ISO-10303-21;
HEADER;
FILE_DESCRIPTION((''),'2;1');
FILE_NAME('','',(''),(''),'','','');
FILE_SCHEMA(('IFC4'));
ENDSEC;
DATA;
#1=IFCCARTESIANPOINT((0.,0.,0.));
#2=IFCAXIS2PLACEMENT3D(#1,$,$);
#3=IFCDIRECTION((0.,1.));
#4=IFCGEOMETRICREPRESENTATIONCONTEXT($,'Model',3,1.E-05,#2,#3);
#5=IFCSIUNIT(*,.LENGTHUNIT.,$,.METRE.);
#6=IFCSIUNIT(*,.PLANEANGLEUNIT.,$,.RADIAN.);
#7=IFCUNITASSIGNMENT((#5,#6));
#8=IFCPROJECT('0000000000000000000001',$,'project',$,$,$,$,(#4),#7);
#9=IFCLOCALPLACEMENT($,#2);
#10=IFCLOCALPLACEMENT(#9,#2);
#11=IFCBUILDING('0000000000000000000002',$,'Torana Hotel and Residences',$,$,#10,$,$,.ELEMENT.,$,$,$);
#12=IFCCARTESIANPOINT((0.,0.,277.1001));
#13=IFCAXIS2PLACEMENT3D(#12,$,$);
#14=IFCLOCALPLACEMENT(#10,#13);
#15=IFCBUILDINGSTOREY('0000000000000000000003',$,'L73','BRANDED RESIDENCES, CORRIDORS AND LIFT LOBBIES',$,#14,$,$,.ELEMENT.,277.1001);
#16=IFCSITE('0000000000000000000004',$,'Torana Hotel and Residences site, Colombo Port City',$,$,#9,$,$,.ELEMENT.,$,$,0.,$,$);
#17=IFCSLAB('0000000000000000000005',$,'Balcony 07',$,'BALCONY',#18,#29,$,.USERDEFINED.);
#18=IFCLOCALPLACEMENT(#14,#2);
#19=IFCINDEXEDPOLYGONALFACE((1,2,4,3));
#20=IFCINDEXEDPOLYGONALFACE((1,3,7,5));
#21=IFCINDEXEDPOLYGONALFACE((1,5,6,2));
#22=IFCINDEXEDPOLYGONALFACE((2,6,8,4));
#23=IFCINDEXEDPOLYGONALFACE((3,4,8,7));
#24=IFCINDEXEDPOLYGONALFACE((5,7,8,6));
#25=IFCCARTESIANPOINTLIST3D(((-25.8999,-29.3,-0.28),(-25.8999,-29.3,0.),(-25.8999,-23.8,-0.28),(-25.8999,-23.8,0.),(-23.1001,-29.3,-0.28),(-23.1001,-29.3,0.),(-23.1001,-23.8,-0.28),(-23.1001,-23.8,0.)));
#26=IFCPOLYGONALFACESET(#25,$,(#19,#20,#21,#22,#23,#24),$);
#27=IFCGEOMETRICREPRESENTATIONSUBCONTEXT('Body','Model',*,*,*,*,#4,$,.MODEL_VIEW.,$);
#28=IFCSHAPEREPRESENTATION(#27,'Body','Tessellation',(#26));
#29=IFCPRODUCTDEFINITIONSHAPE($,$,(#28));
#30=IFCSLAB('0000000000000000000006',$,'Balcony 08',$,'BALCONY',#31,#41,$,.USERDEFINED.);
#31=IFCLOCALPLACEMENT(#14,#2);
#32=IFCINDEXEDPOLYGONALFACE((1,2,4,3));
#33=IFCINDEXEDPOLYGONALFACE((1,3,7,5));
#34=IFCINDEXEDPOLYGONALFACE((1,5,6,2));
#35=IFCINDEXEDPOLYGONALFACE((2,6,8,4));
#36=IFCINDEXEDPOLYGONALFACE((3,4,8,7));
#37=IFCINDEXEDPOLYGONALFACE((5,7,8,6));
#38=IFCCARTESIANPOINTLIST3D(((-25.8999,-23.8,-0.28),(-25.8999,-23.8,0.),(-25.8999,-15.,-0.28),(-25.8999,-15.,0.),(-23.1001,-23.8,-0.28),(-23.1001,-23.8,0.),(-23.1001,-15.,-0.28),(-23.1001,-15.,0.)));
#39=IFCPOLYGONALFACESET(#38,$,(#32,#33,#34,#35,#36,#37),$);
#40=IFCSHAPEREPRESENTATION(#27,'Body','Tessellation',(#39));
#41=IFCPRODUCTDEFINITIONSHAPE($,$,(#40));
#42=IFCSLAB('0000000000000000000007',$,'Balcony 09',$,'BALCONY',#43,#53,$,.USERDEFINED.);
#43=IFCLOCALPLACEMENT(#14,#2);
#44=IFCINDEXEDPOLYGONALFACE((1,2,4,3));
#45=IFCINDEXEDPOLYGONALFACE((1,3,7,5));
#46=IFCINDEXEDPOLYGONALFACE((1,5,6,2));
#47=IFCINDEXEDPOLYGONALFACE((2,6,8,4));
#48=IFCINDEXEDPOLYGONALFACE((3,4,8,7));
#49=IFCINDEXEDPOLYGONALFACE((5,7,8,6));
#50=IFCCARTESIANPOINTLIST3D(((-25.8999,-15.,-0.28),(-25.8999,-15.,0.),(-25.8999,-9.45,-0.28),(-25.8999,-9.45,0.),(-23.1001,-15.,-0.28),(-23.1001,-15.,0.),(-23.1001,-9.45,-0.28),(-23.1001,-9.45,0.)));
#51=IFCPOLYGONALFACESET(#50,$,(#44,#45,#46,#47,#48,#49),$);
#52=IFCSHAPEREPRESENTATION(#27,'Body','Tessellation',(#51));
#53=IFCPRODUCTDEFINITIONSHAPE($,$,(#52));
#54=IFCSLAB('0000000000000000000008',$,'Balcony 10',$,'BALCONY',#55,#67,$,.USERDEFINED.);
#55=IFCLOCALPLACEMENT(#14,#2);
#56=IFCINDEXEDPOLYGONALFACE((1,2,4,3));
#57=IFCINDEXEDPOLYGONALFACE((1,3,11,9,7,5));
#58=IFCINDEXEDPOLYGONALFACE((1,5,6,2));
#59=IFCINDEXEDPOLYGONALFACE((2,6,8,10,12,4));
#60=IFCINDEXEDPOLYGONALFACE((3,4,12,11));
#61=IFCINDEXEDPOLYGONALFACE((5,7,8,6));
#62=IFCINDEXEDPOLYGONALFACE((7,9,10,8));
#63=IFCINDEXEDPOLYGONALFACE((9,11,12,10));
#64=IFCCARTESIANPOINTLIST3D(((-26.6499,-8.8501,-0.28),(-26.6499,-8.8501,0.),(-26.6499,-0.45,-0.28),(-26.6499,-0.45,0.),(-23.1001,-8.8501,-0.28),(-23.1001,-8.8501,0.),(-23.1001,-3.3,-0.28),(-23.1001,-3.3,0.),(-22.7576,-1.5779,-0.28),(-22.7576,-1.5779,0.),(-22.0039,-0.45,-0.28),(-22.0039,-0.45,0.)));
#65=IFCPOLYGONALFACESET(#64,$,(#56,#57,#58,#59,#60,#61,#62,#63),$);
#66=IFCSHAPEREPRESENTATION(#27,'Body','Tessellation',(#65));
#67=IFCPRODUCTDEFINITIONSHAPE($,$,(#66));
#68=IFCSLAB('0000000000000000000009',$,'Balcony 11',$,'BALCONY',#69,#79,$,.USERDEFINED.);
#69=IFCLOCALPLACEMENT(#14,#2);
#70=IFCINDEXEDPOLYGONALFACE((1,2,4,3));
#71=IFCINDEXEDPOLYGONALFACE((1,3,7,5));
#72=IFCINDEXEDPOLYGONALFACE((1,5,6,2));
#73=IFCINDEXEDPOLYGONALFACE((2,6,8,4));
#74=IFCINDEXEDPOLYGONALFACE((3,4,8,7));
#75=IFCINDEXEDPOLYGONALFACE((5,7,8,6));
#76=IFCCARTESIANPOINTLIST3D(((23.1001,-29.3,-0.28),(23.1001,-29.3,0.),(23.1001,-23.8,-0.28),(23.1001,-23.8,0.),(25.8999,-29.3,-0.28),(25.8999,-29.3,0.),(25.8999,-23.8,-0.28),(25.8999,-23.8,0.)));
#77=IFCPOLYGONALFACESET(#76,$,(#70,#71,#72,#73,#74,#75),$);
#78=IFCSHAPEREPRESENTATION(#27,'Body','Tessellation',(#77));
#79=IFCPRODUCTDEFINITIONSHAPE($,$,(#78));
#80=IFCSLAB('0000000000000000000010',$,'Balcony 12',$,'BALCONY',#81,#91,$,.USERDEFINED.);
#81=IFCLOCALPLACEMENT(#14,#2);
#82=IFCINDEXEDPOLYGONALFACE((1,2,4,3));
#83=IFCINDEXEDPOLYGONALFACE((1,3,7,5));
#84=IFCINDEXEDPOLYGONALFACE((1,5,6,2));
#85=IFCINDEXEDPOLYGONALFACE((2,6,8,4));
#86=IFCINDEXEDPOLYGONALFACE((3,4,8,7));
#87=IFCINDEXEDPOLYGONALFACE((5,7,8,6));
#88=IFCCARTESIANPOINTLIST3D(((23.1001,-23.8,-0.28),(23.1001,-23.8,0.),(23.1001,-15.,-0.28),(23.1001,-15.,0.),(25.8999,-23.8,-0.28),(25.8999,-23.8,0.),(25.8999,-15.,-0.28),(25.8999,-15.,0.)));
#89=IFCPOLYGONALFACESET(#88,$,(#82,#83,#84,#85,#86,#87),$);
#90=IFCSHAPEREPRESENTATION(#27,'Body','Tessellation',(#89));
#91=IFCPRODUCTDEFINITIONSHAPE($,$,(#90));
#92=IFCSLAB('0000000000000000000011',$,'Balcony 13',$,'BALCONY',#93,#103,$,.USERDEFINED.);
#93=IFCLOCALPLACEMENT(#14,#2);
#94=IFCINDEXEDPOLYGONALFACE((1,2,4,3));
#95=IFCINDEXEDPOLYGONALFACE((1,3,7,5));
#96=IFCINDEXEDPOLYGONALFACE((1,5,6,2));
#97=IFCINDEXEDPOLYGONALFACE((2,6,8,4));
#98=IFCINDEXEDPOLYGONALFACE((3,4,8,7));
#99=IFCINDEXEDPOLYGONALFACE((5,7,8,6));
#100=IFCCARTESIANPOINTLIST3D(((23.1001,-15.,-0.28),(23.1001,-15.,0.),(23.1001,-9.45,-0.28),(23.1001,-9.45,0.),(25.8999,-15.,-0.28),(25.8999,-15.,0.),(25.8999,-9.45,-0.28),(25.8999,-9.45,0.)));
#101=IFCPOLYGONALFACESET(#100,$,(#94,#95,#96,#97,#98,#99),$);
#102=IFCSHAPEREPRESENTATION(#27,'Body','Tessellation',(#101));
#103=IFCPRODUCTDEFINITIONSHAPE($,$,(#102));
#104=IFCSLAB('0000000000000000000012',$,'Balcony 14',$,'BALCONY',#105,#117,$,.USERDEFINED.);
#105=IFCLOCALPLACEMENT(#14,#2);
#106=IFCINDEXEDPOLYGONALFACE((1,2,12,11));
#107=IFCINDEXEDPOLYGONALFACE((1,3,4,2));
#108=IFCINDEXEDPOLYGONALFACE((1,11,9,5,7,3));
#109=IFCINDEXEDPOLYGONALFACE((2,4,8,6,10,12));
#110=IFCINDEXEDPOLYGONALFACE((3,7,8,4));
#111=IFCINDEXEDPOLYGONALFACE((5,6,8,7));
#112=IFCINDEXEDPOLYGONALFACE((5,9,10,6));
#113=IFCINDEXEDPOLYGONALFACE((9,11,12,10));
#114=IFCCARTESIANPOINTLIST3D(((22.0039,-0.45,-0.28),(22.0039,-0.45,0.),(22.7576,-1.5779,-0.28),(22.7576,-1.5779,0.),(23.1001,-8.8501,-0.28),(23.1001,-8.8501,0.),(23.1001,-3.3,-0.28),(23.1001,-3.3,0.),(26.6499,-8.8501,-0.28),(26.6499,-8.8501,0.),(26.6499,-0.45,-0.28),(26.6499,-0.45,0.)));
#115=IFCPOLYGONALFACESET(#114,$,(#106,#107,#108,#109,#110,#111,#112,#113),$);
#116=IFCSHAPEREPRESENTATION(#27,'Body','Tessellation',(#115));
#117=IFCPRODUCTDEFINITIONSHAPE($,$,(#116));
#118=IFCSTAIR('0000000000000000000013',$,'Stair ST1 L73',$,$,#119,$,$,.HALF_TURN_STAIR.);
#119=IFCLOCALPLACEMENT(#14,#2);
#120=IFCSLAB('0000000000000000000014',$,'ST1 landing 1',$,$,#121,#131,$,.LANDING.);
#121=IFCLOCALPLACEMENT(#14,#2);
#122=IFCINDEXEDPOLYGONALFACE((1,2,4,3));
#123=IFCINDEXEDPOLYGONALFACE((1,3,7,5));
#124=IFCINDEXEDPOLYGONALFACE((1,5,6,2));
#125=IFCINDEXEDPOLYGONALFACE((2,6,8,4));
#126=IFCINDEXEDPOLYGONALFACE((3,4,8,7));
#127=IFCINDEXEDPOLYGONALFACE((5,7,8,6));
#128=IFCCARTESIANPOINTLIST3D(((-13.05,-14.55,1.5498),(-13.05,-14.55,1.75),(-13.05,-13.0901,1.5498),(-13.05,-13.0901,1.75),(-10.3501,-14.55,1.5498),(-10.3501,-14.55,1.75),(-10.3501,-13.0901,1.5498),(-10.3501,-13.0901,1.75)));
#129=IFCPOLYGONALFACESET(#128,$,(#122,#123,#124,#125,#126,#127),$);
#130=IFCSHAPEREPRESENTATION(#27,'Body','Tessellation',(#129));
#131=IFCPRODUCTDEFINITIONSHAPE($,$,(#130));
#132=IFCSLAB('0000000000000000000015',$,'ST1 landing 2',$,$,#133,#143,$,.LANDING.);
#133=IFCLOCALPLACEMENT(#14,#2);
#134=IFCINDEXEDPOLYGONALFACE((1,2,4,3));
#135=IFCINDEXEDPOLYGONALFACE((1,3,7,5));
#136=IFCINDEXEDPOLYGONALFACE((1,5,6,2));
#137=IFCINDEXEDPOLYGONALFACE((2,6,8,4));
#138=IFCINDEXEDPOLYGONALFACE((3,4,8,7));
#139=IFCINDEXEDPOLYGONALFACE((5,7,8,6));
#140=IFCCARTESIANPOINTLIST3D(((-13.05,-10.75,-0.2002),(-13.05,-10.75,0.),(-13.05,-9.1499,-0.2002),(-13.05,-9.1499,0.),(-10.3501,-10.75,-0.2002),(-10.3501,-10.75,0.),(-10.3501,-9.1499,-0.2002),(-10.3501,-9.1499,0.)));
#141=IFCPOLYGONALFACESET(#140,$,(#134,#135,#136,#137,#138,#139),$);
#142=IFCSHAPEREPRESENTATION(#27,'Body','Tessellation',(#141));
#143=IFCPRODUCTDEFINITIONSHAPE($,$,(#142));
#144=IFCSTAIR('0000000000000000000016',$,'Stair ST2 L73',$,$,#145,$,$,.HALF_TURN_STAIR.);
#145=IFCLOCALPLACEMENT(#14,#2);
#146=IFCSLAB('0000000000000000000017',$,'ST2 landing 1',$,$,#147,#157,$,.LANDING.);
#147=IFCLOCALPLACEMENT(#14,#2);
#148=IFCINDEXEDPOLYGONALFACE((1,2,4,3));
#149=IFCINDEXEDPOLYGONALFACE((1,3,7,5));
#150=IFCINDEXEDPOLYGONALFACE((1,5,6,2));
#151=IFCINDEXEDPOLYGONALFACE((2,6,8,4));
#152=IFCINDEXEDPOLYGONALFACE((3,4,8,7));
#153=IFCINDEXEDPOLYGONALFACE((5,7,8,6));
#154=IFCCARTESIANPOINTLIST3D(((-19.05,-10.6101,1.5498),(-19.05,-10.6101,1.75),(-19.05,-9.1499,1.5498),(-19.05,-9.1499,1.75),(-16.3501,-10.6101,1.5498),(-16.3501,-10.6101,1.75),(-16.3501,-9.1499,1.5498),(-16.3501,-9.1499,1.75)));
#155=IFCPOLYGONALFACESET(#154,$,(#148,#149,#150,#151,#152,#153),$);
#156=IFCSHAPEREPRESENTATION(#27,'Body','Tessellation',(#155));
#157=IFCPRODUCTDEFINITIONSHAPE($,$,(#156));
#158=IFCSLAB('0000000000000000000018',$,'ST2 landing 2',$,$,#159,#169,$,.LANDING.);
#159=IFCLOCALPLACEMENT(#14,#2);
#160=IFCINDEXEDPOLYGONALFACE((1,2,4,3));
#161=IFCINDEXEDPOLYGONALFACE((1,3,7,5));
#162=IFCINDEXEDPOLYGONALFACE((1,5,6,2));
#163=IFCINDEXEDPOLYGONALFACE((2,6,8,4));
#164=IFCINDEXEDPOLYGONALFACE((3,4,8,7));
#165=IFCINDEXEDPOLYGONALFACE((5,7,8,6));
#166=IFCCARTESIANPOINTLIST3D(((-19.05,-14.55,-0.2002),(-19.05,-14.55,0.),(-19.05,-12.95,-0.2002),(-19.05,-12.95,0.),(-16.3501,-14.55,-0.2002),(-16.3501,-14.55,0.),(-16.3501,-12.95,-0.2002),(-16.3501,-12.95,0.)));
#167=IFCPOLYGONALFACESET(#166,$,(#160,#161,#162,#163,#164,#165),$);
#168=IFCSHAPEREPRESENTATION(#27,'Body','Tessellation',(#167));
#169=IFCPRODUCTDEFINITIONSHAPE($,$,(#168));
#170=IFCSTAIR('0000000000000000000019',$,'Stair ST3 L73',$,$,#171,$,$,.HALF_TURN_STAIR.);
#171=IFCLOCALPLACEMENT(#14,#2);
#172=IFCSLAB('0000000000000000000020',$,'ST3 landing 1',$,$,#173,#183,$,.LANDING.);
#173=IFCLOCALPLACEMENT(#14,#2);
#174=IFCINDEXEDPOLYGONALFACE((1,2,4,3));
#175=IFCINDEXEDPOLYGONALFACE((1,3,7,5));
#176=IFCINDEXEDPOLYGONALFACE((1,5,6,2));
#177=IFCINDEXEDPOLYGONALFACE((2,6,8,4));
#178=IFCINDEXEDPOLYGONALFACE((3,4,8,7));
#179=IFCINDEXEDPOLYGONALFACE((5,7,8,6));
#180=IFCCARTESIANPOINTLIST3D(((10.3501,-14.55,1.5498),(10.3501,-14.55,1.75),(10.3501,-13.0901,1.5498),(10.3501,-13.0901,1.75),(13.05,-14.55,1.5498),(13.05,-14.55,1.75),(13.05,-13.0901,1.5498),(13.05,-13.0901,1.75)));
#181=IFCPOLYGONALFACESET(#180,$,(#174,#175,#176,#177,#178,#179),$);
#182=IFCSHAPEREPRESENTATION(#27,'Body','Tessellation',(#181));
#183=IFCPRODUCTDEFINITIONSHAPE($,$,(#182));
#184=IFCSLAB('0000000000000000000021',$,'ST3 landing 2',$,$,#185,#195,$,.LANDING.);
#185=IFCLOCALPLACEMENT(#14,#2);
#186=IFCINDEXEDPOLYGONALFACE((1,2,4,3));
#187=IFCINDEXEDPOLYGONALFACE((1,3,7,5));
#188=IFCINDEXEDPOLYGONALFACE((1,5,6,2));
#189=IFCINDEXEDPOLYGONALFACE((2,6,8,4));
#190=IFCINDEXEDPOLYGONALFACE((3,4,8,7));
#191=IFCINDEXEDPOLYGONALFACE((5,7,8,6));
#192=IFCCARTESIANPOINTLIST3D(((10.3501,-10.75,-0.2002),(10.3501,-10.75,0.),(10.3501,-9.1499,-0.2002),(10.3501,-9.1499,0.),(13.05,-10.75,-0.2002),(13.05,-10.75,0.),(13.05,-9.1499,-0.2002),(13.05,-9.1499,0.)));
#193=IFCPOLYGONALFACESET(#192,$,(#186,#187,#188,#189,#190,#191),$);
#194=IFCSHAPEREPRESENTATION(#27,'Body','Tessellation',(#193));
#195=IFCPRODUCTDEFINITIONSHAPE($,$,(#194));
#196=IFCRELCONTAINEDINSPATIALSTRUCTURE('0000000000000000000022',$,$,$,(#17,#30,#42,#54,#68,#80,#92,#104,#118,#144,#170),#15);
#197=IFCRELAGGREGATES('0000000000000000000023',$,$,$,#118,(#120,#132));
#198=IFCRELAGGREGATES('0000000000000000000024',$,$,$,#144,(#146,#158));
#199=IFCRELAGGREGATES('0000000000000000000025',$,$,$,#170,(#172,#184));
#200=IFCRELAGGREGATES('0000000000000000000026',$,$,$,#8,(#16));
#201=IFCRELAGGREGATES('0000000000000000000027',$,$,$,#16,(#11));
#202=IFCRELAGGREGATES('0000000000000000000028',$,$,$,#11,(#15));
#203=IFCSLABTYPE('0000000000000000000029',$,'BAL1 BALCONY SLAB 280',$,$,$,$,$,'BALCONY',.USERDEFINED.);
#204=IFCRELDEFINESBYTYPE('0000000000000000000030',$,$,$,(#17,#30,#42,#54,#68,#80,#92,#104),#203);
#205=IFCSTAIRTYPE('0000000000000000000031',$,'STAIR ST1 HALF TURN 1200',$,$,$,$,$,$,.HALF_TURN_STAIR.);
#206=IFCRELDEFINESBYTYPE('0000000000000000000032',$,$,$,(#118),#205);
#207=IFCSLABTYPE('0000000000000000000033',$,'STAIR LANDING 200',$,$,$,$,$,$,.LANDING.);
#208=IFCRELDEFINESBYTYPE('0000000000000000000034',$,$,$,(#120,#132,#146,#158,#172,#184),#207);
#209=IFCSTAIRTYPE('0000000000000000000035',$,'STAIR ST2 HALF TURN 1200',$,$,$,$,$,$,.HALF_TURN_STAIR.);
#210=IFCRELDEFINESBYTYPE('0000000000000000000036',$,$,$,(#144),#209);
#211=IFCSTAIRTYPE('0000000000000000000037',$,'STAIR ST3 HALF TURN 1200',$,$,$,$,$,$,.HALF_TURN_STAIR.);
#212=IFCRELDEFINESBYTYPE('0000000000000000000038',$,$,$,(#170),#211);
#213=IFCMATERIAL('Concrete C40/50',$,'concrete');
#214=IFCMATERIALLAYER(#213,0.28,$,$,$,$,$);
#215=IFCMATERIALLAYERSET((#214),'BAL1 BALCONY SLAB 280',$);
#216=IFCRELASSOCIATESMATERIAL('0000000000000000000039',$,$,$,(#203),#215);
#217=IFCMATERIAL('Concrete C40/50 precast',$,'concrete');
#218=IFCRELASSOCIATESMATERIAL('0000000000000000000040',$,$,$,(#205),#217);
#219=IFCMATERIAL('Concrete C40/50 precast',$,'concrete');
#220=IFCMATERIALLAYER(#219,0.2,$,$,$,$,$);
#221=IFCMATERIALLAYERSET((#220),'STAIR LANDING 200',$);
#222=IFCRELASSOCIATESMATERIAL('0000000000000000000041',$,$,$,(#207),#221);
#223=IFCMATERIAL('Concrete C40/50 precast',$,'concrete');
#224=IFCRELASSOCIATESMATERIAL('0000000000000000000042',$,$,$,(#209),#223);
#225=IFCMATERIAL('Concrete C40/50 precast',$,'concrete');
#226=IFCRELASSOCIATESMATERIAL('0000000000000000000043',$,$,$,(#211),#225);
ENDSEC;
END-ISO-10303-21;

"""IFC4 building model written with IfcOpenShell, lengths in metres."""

from ifc_helpers import new_model, si_unit, direction, frame, origin, place, context, subcontext, project, spatial, polyline, outline, extrude, material, layer, layer_set, type_object, element, aggregate, save


model = new_model("IFC4")

# Units and contexts
model_context = context("Model", 3, precision=1e-05, world=origin(), true_north=direction((0.0, 1.0)))
body_context = subcontext(model_context, "Body", "Model", "MODEL_VIEW")
ifc_project = project(units=[si_unit("LENGTHUNIT", "METRE"), si_unit("PLANEANGLEUNIT", "RADIAN")], contexts=[model_context])

# Site, building, storey
site_placement = place(None, origin())
site = spatial("IfcSite", under=ifc_project, at=site_placement, Name="Torana Hotel and Residences site, Colombo Port City", CompositionType="ELEMENT", RefElevation=0.0)
building_placement = place(site_placement, origin())
building = spatial("IfcBuilding", under=site, at=building_placement, Name="Torana Hotel and Residences", CompositionType="ELEMENT")
storey_placement = place(building_placement, frame((0.0, 0.0, 277.1001)))
storey = spatial("IfcBuildingStorey", under=building, at=storey_placement, Name="L73", Description="BRANDED RESIDENCES, CORRIDORS AND LIFT LOBBIES", CompositionType="ELEMENT", Elevation=277.1001)

# Slabs
ifc_material_1 = material(Name="Concrete C40/50", Category="concrete")
ifc_layer_1 = layer(ifc_material_1, 0.28)
ifc_layer_set_1 = layer_set([ifc_layer_1], Name="BAL1 BALCONY SLAB 280")
slab_type_1 = type_object("IfcSlabType", Name="BAL1 BALCONY SLAB 280", ElementType="BALCONY", PredefinedType="USERDEFINED", material=ifc_layer_set_1)
slab_1_placement = place(storey_placement, frame((0.0, 0.0, -0.28)))
element("IfcSlab", 1, at=slab_1_placement, inside=storey, type_object=slab_type_1, Name="Balcony 07", ObjectType="BALCONY", PredefinedType="USERDEFINED", context=body_context, shape_type="SweptSolid", body=[
    extrude(outline(polyline([(-25.8999, -29.3), (-23.1001, -29.3), (-23.1001, -23.8), (-25.8999, -23.8), (-25.8999, -29.3)])), origin(), (0.0, 0.0, 1.0), 0.28),
])
slab_2_placement = place(storey_placement, frame((0.0, 0.0, -0.28)))
element("IfcSlab", 2, at=slab_2_placement, inside=storey, type_object=slab_type_1, Name="Balcony 08", ObjectType="BALCONY", PredefinedType="USERDEFINED", context=body_context, shape_type="SweptSolid", body=[
    extrude(outline(polyline([(-25.8999, -23.8), (-23.1001, -23.8), (-23.1001, -15.0), (-25.8999, -15.0), (-25.8999, -23.8)])), origin(), (0.0, 0.0, 1.0), 0.28),
])
slab_3_placement = place(storey_placement, frame((0.0, 0.0, -0.28)))
element("IfcSlab", 3, at=slab_3_placement, inside=storey, type_object=slab_type_1, Name="Balcony 09", ObjectType="BALCONY", PredefinedType="USERDEFINED", context=body_context, shape_type="SweptSolid", body=[
    extrude(outline(polyline([(-25.8999, -15.0), (-23.1001, -15.0), (-23.1001, -9.45), (-25.8999, -9.45), (-25.8999, -15.0)])), origin(), (0.0, 0.0, 1.0), 0.28),
])
slab_4_placement = place(storey_placement, frame((0.0, 0.0, -0.28)))
element("IfcSlab", 4, at=slab_4_placement, inside=storey, type_object=slab_type_1, Name="Balcony 10", ObjectType="BALCONY", PredefinedType="USERDEFINED", context=body_context, shape_type="SweptSolid", body=[
    extrude(outline(polyline([(-26.6499, -8.8501), (-23.1001, -8.8501), (-23.1001, -3.3), (-22.7576, -1.5779), (-22.0039, -0.45), (-26.6499, -0.45), (-26.6499, -8.8501)])), origin(), (0.0, 0.0, 1.0), 0.28),
])
slab_5_placement = place(storey_placement, frame((0.0, 0.0, -0.28)))
element("IfcSlab", 5, at=slab_5_placement, inside=storey, type_object=slab_type_1, Name="Balcony 11", ObjectType="BALCONY", PredefinedType="USERDEFINED", context=body_context, shape_type="SweptSolid", body=[
    extrude(outline(polyline([(23.1001, -29.3), (25.8999, -29.3), (25.8999, -23.8), (23.1001, -23.8), (23.1001, -29.3)])), origin(), (0.0, 0.0, 1.0), 0.28),
])
slab_6_placement = place(storey_placement, frame((0.0, 0.0, -0.28)))
element("IfcSlab", 6, at=slab_6_placement, inside=storey, type_object=slab_type_1, Name="Balcony 12", ObjectType="BALCONY", PredefinedType="USERDEFINED", context=body_context, shape_type="SweptSolid", body=[
    extrude(outline(polyline([(23.1001, -23.8), (25.8999, -23.8), (25.8999, -15.0), (23.1001, -15.0), (23.1001, -23.8)])), origin(), (0.0, 0.0, 1.0), 0.28),
])
slab_7_placement = place(storey_placement, frame((0.0, 0.0, -0.28)))
element("IfcSlab", 7, at=slab_7_placement, inside=storey, type_object=slab_type_1, Name="Balcony 13", ObjectType="BALCONY", PredefinedType="USERDEFINED", context=body_context, shape_type="SweptSolid", body=[
    extrude(outline(polyline([(23.1001, -15.0), (25.8999, -15.0), (25.8999, -9.45), (23.1001, -9.45), (23.1001, -15.0)])), origin(), (0.0, 0.0, 1.0), 0.28),
])
slab_8_placement = place(storey_placement, frame((0.0, 0.0, -0.28)))
element("IfcSlab", 8, at=slab_8_placement, inside=storey, type_object=slab_type_1, Name="Balcony 14", ObjectType="BALCONY", PredefinedType="USERDEFINED", context=body_context, shape_type="SweptSolid", body=[
    extrude(outline(polyline([(23.1001, -8.8501), (26.6499, -8.8501), (26.6499, -0.45), (22.0039, -0.45), (22.7576, -1.5779), (23.1001, -3.3), (23.1001, -8.8501)])), origin(), (0.0, 0.0, 1.0), 0.28),
])

# Stairs, slabs
ifc_material_2 = material(Name="Concrete C40/50 precast", Category="concrete")
stair_type_1 = type_object("IfcStairType", Name="STAIR ST1 HALF TURN 1200", PredefinedType="HALF_TURN_STAIR", material=ifc_material_2)
stair_1_placement = place(storey_placement, origin())
stair_1 = element("IfcStair", 9, at=stair_1_placement, inside=storey, type_object=stair_type_1, Name="Stair ST1 L73", PredefinedType="HALF_TURN_STAIR")
ifc_material_3 = material(Name="Concrete C40/50 precast", Category="concrete")
ifc_layer_2 = layer(ifc_material_3, 0.2)
ifc_layer_set_2 = layer_set([ifc_layer_2], Name="STAIR LANDING 200")
slab_type_2 = type_object("IfcSlabType", Name="STAIR LANDING 200", PredefinedType="LANDING", material=ifc_layer_set_2)
slab_9_placement = place(storey_placement, frame((0.0, 0.0, 1.5498)))
slab_9 = element("IfcSlab", 10, at=slab_9_placement, type_object=slab_type_2, Name="ST1 landing 1", PredefinedType="LANDING", context=body_context, shape_type="SweptSolid", body=[
    extrude(outline(polyline([(-13.05, -14.55), (-10.3501, -14.55), (-10.3501, -13.0901), (-13.05, -13.0901), (-13.05, -14.55)])), origin(), (0.0, 0.0, 1.0), 0.2002),
])
slab_10_placement = place(storey_placement, frame((0.0, 0.0, -0.2002)))
slab_10 = element("IfcSlab", 11, at=slab_10_placement, type_object=slab_type_2, Name="ST1 landing 2", PredefinedType="LANDING", context=body_context, shape_type="SweptSolid", body=[
    extrude(outline(polyline([(-13.05, -10.75), (-10.3501, -10.75), (-10.3501, -9.1499), (-13.05, -9.1499), (-13.05, -10.75)])), origin(), (0.0, 0.0, 1.0), 0.2002),
])
aggregate(stair_1, [slab_9, slab_10])
ifc_material_4 = material(Name="Concrete C40/50 precast", Category="concrete")
stair_type_2 = type_object("IfcStairType", Name="STAIR ST2 HALF TURN 1200", PredefinedType="HALF_TURN_STAIR", material=ifc_material_4)
stair_2_placement = place(storey_placement, origin())
stair_2 = element("IfcStair", 12, at=stair_2_placement, inside=storey, type_object=stair_type_2, Name="Stair ST2 L73", PredefinedType="HALF_TURN_STAIR")
slab_11_placement = place(storey_placement, frame((0.0, 0.0, 1.5498)))
slab_11 = element("IfcSlab", 13, at=slab_11_placement, type_object=slab_type_2, Name="ST2 landing 1", PredefinedType="LANDING", context=body_context, shape_type="SweptSolid", body=[
    extrude(outline(polyline([(-19.05, -10.6101), (-16.3501, -10.6101), (-16.3501, -9.1499), (-19.05, -9.1499), (-19.05, -10.6101)])), origin(), (0.0, 0.0, 1.0), 0.2002),
])
slab_12_placement = place(storey_placement, frame((0.0, 0.0, -0.2002)))
slab_12 = element("IfcSlab", 14, at=slab_12_placement, type_object=slab_type_2, Name="ST2 landing 2", PredefinedType="LANDING", context=body_context, shape_type="SweptSolid", body=[
    extrude(outline(polyline([(-19.05, -14.55), (-16.3501, -14.55), (-16.3501, -12.95), (-19.05, -12.95), (-19.05, -14.55)])), origin(), (0.0, 0.0, 1.0), 0.2002),
])
aggregate(stair_2, [slab_11, slab_12])
ifc_material_5 = material(Name="Concrete C40/50 precast", Category="concrete")
stair_type_3 = type_object("IfcStairType", Name="STAIR ST3 HALF TURN 1200", PredefinedType="HALF_TURN_STAIR", material=ifc_material_5)
stair_3_placement = place(storey_placement, origin())
stair_3 = element("IfcStair", 15, at=stair_3_placement, inside=storey, type_object=stair_type_3, Name="Stair ST3 L73", PredefinedType="HALF_TURN_STAIR")
slab_13_placement = place(storey_placement, frame((0.0, 0.0, 1.5498)))
slab_13 = element("IfcSlab", 16, at=slab_13_placement, type_object=slab_type_2, Name="ST3 landing 1", PredefinedType="LANDING", context=body_context, shape_type="SweptSolid", body=[
    extrude(outline(polyline([(10.3501, -14.55), (13.05, -14.55), (13.05, -13.0901), (10.3501, -13.0901), (10.3501, -14.55)])), origin(), (0.0, 0.0, 1.0), 0.2002),
])
slab_14_placement = place(storey_placement, frame((0.0, 0.0, -0.2002)))
slab_14 = element("IfcSlab", 17, at=slab_14_placement, type_object=slab_type_2, Name="ST3 landing 2", PredefinedType="LANDING", context=body_context, shape_type="SweptSolid", body=[
    extrude(outline(polyline([(10.3501, -10.75), (13.05, -10.75), (13.05, -9.1499), (10.3501, -9.1499), (10.3501, -10.75)])), origin(), (0.0, 0.0, 1.0), 0.2002),
])

aggregate(stair_3, [slab_13, slab_14])

save(model, "model.ifc")
